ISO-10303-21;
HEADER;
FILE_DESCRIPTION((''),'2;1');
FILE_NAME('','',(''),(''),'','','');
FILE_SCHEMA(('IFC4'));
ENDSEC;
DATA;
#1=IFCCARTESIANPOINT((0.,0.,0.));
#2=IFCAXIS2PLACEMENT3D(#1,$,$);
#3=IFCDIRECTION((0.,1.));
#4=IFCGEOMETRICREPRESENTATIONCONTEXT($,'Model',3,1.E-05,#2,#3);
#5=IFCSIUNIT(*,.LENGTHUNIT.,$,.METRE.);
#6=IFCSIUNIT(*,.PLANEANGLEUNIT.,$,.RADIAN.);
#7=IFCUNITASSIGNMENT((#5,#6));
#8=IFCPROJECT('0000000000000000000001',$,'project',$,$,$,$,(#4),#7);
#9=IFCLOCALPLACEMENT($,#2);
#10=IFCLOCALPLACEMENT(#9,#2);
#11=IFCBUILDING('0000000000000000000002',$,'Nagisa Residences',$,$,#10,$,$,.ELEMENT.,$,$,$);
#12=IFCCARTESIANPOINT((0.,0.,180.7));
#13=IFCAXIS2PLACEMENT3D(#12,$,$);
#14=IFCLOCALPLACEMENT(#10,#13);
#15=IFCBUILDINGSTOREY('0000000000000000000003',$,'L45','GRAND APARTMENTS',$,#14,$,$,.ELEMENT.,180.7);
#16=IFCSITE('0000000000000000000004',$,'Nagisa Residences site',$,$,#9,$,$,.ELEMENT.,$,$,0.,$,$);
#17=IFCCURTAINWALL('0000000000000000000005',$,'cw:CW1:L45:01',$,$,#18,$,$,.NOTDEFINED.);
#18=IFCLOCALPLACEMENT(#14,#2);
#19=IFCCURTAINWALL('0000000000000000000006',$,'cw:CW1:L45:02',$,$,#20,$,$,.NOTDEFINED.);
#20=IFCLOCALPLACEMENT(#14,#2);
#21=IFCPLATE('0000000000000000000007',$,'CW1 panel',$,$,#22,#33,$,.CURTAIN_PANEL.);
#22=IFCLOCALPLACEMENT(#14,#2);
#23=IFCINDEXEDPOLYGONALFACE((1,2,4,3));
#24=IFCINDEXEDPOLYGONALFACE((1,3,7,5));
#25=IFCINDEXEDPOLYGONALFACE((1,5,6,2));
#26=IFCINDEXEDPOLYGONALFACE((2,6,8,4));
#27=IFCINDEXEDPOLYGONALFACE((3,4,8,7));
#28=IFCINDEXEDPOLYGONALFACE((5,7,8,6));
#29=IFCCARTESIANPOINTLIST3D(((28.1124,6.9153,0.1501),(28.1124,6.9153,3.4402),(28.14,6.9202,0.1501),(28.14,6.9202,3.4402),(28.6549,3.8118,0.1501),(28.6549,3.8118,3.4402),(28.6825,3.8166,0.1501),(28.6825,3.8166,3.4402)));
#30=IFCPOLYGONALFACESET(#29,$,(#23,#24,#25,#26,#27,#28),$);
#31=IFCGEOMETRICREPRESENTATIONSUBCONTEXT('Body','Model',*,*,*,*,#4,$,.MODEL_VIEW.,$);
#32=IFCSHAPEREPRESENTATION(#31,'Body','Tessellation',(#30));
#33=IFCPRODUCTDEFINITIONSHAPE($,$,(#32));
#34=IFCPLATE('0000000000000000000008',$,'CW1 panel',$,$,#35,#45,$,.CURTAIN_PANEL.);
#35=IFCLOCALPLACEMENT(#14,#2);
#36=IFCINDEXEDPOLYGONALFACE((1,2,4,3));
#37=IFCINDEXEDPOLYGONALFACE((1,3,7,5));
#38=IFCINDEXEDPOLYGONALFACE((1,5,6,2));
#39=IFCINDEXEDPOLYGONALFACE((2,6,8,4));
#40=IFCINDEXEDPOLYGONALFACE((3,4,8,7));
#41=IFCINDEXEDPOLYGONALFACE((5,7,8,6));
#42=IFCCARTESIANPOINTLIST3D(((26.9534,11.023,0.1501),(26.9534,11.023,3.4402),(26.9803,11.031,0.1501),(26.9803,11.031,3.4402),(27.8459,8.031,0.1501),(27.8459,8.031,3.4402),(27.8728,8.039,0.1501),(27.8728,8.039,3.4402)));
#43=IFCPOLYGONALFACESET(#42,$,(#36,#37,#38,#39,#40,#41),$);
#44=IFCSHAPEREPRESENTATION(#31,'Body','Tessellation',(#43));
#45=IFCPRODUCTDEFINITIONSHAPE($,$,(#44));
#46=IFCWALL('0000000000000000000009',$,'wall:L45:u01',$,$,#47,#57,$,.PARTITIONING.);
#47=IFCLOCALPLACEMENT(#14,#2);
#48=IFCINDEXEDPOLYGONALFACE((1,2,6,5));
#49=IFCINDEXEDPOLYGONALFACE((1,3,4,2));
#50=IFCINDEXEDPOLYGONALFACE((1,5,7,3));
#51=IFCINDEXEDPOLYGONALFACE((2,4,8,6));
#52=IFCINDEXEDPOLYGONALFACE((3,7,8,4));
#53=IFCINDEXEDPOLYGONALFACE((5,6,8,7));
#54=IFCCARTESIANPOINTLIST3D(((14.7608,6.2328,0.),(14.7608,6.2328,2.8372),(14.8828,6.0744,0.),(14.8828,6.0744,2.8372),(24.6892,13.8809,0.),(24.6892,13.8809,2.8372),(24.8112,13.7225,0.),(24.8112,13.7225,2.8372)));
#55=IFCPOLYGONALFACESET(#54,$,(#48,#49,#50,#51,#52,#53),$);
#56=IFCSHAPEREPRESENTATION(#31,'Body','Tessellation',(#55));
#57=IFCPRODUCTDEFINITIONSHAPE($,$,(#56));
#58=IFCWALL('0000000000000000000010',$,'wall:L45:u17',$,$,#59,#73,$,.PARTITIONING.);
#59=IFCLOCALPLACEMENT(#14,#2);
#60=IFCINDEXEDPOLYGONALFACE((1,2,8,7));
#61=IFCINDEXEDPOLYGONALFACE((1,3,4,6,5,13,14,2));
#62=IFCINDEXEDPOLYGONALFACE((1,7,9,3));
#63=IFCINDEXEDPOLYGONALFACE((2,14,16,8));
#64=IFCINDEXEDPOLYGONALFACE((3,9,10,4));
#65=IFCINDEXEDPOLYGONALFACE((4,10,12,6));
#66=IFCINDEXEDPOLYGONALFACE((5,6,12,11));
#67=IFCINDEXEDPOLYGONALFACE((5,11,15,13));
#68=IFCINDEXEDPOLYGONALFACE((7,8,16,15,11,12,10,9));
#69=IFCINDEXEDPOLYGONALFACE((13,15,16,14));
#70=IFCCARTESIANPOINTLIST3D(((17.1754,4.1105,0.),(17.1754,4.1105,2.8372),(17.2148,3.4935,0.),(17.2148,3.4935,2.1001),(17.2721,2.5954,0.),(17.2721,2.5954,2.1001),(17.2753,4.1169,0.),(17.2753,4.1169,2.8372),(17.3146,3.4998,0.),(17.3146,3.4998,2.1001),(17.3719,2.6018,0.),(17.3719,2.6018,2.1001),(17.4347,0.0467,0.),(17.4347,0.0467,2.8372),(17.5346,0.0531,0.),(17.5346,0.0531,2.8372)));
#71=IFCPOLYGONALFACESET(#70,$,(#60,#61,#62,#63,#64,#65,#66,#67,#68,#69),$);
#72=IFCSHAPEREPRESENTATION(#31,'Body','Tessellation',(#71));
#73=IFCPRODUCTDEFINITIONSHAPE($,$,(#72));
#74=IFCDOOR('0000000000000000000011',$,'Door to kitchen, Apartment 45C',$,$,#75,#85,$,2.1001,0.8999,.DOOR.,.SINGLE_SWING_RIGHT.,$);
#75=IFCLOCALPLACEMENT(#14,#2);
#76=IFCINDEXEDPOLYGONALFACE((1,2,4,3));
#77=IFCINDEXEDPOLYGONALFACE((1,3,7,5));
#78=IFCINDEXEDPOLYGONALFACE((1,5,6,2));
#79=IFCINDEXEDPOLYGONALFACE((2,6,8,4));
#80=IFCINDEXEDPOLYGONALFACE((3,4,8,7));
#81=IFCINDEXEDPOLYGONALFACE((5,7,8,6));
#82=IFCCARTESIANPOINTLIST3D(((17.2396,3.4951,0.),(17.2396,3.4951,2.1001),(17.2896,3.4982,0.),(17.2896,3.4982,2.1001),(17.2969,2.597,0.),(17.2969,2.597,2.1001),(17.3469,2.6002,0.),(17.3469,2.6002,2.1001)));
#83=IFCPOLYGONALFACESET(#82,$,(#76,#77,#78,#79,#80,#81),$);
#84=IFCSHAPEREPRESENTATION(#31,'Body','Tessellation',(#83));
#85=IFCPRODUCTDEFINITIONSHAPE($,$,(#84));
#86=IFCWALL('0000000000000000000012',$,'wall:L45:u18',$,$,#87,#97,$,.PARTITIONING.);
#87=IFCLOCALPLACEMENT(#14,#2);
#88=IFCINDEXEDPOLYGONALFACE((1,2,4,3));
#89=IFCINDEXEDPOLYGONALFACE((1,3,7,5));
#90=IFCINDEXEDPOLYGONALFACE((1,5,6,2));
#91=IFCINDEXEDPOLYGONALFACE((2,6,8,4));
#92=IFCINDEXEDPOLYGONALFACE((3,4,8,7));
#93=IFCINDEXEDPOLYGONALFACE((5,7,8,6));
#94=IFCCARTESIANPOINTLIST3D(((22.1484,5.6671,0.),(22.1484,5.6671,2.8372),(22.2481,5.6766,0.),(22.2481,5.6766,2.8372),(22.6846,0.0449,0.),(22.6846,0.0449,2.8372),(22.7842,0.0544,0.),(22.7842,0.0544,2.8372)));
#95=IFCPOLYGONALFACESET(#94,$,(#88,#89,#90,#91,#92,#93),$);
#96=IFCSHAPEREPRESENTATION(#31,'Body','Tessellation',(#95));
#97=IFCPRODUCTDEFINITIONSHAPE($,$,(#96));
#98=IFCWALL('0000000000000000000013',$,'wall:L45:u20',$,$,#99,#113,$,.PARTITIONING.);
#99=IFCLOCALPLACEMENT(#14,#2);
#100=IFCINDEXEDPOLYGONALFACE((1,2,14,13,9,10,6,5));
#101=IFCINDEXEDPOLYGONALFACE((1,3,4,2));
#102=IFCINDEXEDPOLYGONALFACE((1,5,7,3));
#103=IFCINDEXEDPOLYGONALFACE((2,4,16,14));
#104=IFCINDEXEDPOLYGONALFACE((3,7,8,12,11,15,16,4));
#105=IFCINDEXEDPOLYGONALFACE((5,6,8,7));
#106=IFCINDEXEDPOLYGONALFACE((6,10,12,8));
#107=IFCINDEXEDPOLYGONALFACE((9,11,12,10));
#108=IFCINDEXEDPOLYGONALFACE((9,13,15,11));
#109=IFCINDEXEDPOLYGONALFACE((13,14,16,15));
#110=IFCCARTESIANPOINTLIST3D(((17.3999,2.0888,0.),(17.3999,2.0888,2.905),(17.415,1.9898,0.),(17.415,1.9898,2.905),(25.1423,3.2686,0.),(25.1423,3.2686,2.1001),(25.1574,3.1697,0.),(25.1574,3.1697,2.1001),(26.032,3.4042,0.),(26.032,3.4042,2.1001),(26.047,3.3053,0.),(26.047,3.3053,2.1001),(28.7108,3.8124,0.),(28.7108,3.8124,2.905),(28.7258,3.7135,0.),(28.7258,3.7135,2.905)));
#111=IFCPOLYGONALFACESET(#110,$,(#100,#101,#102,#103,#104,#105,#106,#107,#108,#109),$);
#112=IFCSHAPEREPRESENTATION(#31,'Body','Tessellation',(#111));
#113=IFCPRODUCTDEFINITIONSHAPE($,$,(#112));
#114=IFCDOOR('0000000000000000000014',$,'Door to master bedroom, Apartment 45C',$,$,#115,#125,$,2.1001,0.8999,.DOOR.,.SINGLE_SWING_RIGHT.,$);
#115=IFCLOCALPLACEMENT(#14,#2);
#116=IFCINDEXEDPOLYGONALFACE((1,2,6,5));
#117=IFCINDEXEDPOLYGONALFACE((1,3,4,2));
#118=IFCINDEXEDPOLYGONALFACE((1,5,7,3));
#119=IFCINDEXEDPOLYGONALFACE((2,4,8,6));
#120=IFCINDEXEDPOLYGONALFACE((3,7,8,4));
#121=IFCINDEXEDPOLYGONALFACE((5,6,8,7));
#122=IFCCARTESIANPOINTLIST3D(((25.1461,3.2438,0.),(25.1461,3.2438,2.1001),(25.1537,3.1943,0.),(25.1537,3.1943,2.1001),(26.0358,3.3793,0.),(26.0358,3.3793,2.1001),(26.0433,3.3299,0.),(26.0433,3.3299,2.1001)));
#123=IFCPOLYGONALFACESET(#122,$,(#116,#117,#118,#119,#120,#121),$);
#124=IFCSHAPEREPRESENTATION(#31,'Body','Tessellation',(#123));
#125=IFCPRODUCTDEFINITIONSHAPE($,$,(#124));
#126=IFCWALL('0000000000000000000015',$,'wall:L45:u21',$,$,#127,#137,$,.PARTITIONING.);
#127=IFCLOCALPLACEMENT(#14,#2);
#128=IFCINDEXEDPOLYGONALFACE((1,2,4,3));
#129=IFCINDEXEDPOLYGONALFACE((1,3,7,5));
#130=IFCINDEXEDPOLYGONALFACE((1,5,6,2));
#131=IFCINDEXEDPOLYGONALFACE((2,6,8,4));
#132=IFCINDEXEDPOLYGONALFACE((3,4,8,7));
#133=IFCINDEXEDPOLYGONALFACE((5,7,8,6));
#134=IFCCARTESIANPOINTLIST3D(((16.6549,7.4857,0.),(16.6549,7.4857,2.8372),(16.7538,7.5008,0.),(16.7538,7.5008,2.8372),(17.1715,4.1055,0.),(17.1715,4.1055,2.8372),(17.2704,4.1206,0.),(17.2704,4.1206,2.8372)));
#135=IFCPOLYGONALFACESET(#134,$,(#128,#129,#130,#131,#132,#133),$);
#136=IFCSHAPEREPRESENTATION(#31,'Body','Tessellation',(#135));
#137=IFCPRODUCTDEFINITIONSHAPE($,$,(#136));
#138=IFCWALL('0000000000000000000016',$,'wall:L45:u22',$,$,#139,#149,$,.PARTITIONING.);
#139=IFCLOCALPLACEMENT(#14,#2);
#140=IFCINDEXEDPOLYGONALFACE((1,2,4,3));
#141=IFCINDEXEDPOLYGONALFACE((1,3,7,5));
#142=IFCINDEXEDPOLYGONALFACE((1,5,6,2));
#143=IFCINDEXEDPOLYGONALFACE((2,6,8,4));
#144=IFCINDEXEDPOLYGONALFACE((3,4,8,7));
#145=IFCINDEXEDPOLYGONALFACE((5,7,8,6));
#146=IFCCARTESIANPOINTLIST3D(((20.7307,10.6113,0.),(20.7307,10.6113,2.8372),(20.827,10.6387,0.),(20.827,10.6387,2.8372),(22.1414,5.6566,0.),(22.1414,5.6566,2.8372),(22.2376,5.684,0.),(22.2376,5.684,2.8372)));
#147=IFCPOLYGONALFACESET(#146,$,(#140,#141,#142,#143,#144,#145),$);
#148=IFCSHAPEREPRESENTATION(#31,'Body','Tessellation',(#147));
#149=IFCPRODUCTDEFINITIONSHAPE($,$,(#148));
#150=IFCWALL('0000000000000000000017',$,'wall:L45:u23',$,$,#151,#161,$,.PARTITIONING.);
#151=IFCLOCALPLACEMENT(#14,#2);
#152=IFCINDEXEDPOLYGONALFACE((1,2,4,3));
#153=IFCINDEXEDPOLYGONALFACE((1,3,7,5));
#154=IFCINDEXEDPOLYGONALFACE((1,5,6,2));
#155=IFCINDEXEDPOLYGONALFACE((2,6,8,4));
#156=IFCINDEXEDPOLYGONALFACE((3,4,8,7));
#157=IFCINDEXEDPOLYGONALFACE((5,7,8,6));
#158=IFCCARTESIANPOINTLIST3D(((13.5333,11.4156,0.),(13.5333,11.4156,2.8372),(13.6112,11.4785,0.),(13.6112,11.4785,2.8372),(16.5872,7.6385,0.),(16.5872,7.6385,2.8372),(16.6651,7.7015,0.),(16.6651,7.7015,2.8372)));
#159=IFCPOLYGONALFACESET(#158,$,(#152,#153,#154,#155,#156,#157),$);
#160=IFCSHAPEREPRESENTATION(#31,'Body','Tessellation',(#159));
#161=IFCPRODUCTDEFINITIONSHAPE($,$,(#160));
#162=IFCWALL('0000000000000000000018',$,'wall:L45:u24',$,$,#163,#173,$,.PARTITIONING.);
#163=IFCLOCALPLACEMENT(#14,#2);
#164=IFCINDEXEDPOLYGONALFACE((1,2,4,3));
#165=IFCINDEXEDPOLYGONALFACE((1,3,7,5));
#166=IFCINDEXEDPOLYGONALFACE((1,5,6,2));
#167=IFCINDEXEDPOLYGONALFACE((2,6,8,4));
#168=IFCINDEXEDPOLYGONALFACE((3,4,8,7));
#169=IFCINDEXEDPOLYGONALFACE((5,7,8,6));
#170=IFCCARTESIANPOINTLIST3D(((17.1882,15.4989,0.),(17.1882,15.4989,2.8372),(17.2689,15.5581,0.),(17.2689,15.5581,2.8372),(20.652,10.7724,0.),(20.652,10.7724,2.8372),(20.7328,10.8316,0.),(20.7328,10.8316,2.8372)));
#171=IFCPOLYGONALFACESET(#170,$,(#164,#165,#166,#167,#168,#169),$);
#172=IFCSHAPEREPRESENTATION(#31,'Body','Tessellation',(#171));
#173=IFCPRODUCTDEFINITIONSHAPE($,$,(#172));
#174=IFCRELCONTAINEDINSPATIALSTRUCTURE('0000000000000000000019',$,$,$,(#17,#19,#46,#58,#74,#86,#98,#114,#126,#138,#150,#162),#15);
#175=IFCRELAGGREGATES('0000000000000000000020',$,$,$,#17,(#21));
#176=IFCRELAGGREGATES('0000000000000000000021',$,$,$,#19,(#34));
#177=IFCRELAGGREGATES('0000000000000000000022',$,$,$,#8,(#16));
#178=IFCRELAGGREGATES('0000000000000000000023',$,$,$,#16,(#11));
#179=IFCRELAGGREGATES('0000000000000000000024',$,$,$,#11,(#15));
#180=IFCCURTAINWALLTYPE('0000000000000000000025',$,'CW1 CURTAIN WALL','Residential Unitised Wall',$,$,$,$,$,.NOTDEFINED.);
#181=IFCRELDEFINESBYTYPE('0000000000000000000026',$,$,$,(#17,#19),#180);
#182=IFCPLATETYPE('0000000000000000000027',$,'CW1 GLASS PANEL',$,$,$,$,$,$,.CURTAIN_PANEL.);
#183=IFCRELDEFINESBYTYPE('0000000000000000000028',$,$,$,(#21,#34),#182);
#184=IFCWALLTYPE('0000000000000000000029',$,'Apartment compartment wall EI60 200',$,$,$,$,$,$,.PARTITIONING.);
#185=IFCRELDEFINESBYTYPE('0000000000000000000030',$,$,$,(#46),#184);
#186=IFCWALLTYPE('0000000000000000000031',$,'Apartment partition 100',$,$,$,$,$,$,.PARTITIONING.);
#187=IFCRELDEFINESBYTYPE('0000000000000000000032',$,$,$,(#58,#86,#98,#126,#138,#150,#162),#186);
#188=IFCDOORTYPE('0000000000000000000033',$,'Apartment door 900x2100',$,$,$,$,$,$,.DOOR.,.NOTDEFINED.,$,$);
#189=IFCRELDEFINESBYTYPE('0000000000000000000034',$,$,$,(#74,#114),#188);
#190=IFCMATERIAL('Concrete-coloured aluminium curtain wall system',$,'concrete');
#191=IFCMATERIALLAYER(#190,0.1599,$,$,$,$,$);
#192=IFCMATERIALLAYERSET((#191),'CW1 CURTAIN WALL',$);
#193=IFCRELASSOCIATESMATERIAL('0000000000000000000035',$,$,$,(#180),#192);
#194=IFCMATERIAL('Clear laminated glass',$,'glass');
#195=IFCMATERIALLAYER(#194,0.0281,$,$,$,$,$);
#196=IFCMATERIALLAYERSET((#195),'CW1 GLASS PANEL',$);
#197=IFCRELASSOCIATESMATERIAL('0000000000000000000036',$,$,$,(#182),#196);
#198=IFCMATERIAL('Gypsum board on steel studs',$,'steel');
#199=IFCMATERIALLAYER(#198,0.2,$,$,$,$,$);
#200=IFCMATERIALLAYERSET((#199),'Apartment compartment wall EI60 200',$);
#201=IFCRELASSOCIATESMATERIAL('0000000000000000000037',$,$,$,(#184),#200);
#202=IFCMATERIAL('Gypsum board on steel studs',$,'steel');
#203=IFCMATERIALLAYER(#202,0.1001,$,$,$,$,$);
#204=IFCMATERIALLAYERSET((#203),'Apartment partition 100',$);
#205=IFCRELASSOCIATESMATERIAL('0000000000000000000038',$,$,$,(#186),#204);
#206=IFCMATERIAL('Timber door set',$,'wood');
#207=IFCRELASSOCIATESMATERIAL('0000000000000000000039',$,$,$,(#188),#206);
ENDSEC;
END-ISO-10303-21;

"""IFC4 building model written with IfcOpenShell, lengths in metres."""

from ifc_helpers import new_model, si_unit, direction, frame, frame_2d, origin, origin_2d, place, context, subcontext, project, spatial, rectangle, extrude, material, layer, layer_set, type_object, element, fill, aggregate, save


model = new_model("IFC4")

# Units and contexts
model_context = context("Model", 3, precision=1e-05, world=origin(), true_north=direction((0.0, 1.0)))
body_context = subcontext(model_context, "Body", "Model", "MODEL_VIEW")
ifc_project = project(units=[si_unit("LENGTHUNIT", "METRE"), si_unit("PLANEANGLEUNIT", "RADIAN")], contexts=[model_context])

# Site, building, storey
site_placement = place(None, origin())
site = spatial("IfcSite", under=ifc_project, at=site_placement, Name="Nagisa Residences site", CompositionType="ELEMENT", RefElevation=0.0)
building_placement = place(site_placement, origin())
building = spatial("IfcBuilding", under=site, at=building_placement, Name="Nagisa Residences", CompositionType="ELEMENT")
storey_placement = place(building_placement, frame((0.0, 0.0, 180.7)))
storey = spatial("IfcBuildingStorey", under=building, at=storey_placement, Name="L45", Description="GRAND APARTMENTS", CompositionType="ELEMENT", Elevation=180.7)

# Curtain walls
ifc_material_1 = material(Name="Concrete-coloured aluminium curtain wall system", Category="concrete")
ifc_layer_1 = layer(ifc_material_1, 0.1599)
ifc_layer_set_1 = layer_set([ifc_layer_1], Name="CW1 CURTAIN WALL")
curtain_wall_type = type_object("IfcCurtainWallType", Name="CW1 CURTAIN WALL", Description="Residential Unitised Wall", PredefinedType="NOTDEFINED", material=ifc_layer_set_1)
curtain_wall_1_placement = place(storey_placement, origin())
curtain_wall_1 = element("IfcCurtainWall", 1, at=curtain_wall_1_placement, inside=storey, type_object=curtain_wall_type, Name="cw:CW1:L45:01", PredefinedType="NOTDEFINED")
curtain_wall_2_placement = place(storey_placement, origin())
curtain_wall_2 = element("IfcCurtainWall", 2, at=curtain_wall_2_placement, inside=storey, type_object=curtain_wall_type, Name="cw:CW1:L45:02", PredefinedType="NOTDEFINED")

# Plates
ifc_material_2 = material(Name="Clear laminated glass", Category="glass")
ifc_layer_2 = layer(ifc_material_2, 0.0281)
ifc_layer_set_2 = layer_set([ifc_layer_2], Name="CW1 GLASS PANEL")
plate_type = type_object("IfcPlateType", Name="CW1 GLASS PANEL", PredefinedType="CURTAIN_PANEL", material=ifc_layer_set_2)
plate_1_placement = place(storey_placement, frame((28.3975, 5.366, 0.1501), z_axis=(0.0, 0.0, 1.0), x_axis=(-0.172191, 0.985064, 0.0)))
plate_1 = element("IfcPlate", 3, at=plate_1_placement, type_object=plate_type, Name="CW1 panel", PredefinedType="CURTAIN_PANEL", context=body_context, shape_type="SweptSolid", body=[
    extrude(rectangle(XDim=3.1506, YDim=0.0281, at=origin_2d()), origin(), (0.0, 0.0, 1.0), 3.29),
])
aggregate(curtain_wall_1, [plate_1])
plate_2_placement = place(storey_placement, frame((27.4131, 9.531, 0.1501), z_axis=(0.0, 0.0, 1.0), x_axis=(-0.28586, 0.958271, 0.0)))
plate_2 = element("IfcPlate", 4, at=plate_2_placement, type_object=plate_type, Name="CW1 panel", PredefinedType="CURTAIN_PANEL", context=body_context, shape_type="SweptSolid", body=[
    extrude(rectangle(XDim=3.1223, YDim=0.0281, at=origin_2d()), origin(), (0.0, 0.0, 1.0), 3.29),
])
aggregate(curtain_wall_2, [plate_2])

# Wall
ifc_material_3 = material(Name="Gypsum board on steel studs", Category="steel")
ifc_layer_3 = layer(ifc_material_3, 0.2)
ifc_layer_set_3 = layer_set([ifc_layer_3], Name="Apartment compartment wall EI60 200")
wall_type_1 = type_object("IfcWallType", Name="Apartment compartment wall EI60 200", PredefinedType="PARTITIONING", material=ifc_layer_set_3)
wall_1_placement = place(storey_placement, frame((14.8218, 6.1536, 0.0), z_axis=(0.0, 0.0, 1.0), x_axis=(0.792203, 0.610258, 0.0)))
element("IfcWall", 5, at=wall_1_placement, inside=storey, type_object=wall_type_1, Name="wall:L45:u01", PredefinedType="PARTITIONING", context=body_context, shape_type="SweptSolid", body=[
    extrude(rectangle(XDim=12.5327, YDim=0.2, at=frame_2d((6.2664, 0.0))), origin(), (0.0, 0.0, 1.0), 2.8372),
])

# Wall, opening, door
ifc_material_4 = material(Name="Gypsum board on steel studs", Category="steel")
ifc_layer_4 = layer(ifc_material_4, 0.1001)
ifc_layer_set_4 = layer_set([ifc_layer_4], Name="Apartment partition 100")
wall_type_2 = type_object("IfcWallType", Name="Apartment partition 100", PredefinedType="PARTITIONING", material=ifc_layer_set_4)
wall_2_placement = place(storey_placement, frame((17.4846, 0.0498, 0.0), z_axis=(0.0, 0.0, 1.0), x_axis=(-0.063673, 0.997971, 0.0)))
wall_2 = element("IfcWall", 6, at=wall_2_placement, inside=storey, type_object=wall_type_2, Name="wall:L45:u17", PredefinedType="PARTITIONING", context=body_context, shape_type="SweptSolid", body=[
    extrude(rectangle(XDim=4.072, YDim=0.1001, at=frame_2d((2.0361, 0.0))), origin(), (0.0, 0.0, 1.0), 2.8372),
])
opening_1_placement = place(wall_2_placement, frame((2.554, 0.0, 0.0)))
opening_1 = element("IfcOpeningElement", 7, at=opening_1_placement, cuts=wall_2, PredefinedType="OPENING", context=body_context, shape_type="SweptSolid", body=[
    extrude(rectangle(XDim=0.8999, YDim=2.1001, at=frame_2d((0.45, 1.05))), frame((0.0, 0.0601, 0.0), z_axis=(0.0, -1.0, 0.0), x_axis=(1.0, 0.0, 0.0)), (0.0, 0.0, 1.0), 0.1201),
])
ifc_material_5 = material(Name="Timber door set", Category="wood")
door_type_1 = type_object("IfcDoorType", Name="Apartment door 900x2100", OperationType="NOTDEFINED", PredefinedType="DOOR", material=ifc_material_5)
door_1_placement = place(opening_1_placement, frame((0.8999, 0.0, 0.0), x_axis=(-1.0, 0.0, 0.0)))
door_1 = element("IfcDoor", 8, at=door_1_placement, inside=storey, type_object=door_type_1, Name="Door to kitchen, Apartment 45C", OperationType="SINGLE_SWING_RIGHT", OverallHeight=2.1001, OverallWidth=0.8999, PredefinedType="DOOR", context=body_context, shape_type="SweptSolid", body=[
    extrude(rectangle(XDim=0.8999, YDim=2.1001, at=frame_2d((0.45, 1.05))), frame((0.0, 0.0249, 0.0), z_axis=(0.0, -1.0, 0.0), x_axis=(1.0, 0.0, 0.0)), (0.0, 0.0, 1.0), 0.05),
])
fill(opening_1, door_1)

# Wall
wall_3_placement = place(storey_placement, frame((22.7344, 0.0498, 0.0), z_axis=(0.0, 0.0, 1.0), x_axis=(-0.094927, 0.995484, 0.0)))
element("IfcWall", 9, at=wall_3_placement, inside=storey, type_object=wall_type_2, Name="wall:L45:u18", PredefinedType="PARTITIONING", context=body_context, shape_type="SweptSolid", body=[
    extrude(rectangle(XDim=5.6477, YDim=0.1001, at=frame_2d((2.8237, 0.0))), origin(), (0.0, 0.0, 1.0), 2.8372),
])

# Wall, opening, door
wall_4_placement = place(storey_placement, frame((17.4075, 2.0393, 0.0), z_axis=(0.0, 0.0, 1.0), x_axis=(0.988587, 0.150649, 0.0)))
wall_4 = element("IfcWall", 10, at=wall_4_placement, inside=storey, type_object=wall_type_2, Name="wall:L45:u20", PredefinedType="PARTITIONING", context=body_context, shape_type="SweptSolid", body=[
    extrude(rectangle(XDim=11.4414, YDim=0.1001, at=frame_2d((5.7207, 0.0))), origin(), (0.0, 0.0, 1.0), 2.905),
])
opening_2_placement = place(wall_4_placement, frame((7.8318, 0.0, 0.0)))
opening_2 = element("IfcOpeningElement", 11, at=opening_2_placement, cuts=wall_4, PredefinedType="OPENING", context=body_context, shape_type="SweptSolid", body=[
    extrude(rectangle(XDim=0.8999, YDim=2.1001, at=frame_2d((0.45, 1.05))), frame((0.0, 0.0601, 0.0), z_axis=(0.0, -1.0, 0.0), x_axis=(1.0, 0.0, 0.0)), (0.0, 0.0, 1.0), 0.1201),
])
door_2_placement = place(opening_2_placement, origin())
door_2 = element("IfcDoor", 12, at=door_2_placement, inside=storey, type_object=door_type_1, Name="Door to master bedroom, Apartment 45C", OperationType="SINGLE_SWING_RIGHT", OverallHeight=2.1001, OverallWidth=0.8999, PredefinedType="DOOR", context=body_context, shape_type="SweptSolid", body=[
    extrude(rectangle(XDim=0.8999, YDim=2.1001, at=frame_2d((0.45, 1.05))), frame((0.0, 0.0249, 0.0), z_axis=(0.0, -1.0, 0.0), x_axis=(1.0, 0.0, 0.0)), (0.0, 0.0, 1.0), 0.05),
])
fill(opening_2, door_2)

# Walls
wall_5_placement = place(storey_placement, frame((17.2209, 4.113, 0.0), z_axis=(0.0, 0.0, 1.0), x_axis=(-0.151081, 0.988521, 0.0)))
element("IfcWall", 13, at=wall_5_placement, inside=storey, type_object=wall_type_2, Name="wall:L45:u21", PredefinedType="PARTITIONING", context=body_context, shape_type="SweptSolid", body=[
    extrude(rectangle(XDim=3.4194, YDim=0.1001, at=frame_2d((1.7097, 0.0))), origin(), (0.0, 0.0, 1.0), 2.8372),
])
wall_6_placement = place(storey_placement, frame((22.1895, 5.6704, 0.0), z_axis=(0.0, 0.0, 1.0), x_axis=(-0.27382, 0.961781, 0.0)))
element("IfcWall", 14, at=wall_6_placement, inside=storey, type_object=wall_type_2, Name="wall:L45:u22", PredefinedType="PARTITIONING", context=body_context, shape_type="SweptSolid", body=[
    extrude(rectangle(XDim=5.1516, YDim=0.1001, at=frame_2d((2.5757, 0.0))), origin(), (0.0, 0.0, 1.0), 2.8372),
])
wall_7_placement = place(storey_placement, frame((16.6262, 7.6699, 0.0), z_axis=(0.0, 0.0, 1.0), x_axis=(-0.628738, 0.777617, 0.0)))
element("IfcWall", 15, at=wall_7_placement, inside=storey, type_object=wall_type_2, Name="wall:L45:u23", PredefinedType="PARTITIONING", context=body_context, shape_type="SweptSolid", body=[
    extrude(rectangle(XDim=4.8572, YDim=0.1001, at=frame_2d((2.4287, 0.0))), origin(), (0.0, 0.0, 1.0), 2.8372),
])
wall_8_placement = place(storey_placement, frame((20.6924, 10.802, 0.0), z_axis=(0.0, 0.0, 1.0), x_axis=(-0.591111, 0.80659, 0.0)))
element("IfcWall", 16, at=wall_8_placement, inside=storey, type_object=wall_type_2, Name="wall:L45:u24", PredefinedType="PARTITIONING", context=body_context, shape_type="SweptSolid", body=[
    extrude(rectangle(XDim=5.8599, YDim=0.1001, at=frame_2d((2.9299, 0.0))), origin(), (0.0, 0.0, 1.0), 2.8372),
])

save(model, "model.ifc")
